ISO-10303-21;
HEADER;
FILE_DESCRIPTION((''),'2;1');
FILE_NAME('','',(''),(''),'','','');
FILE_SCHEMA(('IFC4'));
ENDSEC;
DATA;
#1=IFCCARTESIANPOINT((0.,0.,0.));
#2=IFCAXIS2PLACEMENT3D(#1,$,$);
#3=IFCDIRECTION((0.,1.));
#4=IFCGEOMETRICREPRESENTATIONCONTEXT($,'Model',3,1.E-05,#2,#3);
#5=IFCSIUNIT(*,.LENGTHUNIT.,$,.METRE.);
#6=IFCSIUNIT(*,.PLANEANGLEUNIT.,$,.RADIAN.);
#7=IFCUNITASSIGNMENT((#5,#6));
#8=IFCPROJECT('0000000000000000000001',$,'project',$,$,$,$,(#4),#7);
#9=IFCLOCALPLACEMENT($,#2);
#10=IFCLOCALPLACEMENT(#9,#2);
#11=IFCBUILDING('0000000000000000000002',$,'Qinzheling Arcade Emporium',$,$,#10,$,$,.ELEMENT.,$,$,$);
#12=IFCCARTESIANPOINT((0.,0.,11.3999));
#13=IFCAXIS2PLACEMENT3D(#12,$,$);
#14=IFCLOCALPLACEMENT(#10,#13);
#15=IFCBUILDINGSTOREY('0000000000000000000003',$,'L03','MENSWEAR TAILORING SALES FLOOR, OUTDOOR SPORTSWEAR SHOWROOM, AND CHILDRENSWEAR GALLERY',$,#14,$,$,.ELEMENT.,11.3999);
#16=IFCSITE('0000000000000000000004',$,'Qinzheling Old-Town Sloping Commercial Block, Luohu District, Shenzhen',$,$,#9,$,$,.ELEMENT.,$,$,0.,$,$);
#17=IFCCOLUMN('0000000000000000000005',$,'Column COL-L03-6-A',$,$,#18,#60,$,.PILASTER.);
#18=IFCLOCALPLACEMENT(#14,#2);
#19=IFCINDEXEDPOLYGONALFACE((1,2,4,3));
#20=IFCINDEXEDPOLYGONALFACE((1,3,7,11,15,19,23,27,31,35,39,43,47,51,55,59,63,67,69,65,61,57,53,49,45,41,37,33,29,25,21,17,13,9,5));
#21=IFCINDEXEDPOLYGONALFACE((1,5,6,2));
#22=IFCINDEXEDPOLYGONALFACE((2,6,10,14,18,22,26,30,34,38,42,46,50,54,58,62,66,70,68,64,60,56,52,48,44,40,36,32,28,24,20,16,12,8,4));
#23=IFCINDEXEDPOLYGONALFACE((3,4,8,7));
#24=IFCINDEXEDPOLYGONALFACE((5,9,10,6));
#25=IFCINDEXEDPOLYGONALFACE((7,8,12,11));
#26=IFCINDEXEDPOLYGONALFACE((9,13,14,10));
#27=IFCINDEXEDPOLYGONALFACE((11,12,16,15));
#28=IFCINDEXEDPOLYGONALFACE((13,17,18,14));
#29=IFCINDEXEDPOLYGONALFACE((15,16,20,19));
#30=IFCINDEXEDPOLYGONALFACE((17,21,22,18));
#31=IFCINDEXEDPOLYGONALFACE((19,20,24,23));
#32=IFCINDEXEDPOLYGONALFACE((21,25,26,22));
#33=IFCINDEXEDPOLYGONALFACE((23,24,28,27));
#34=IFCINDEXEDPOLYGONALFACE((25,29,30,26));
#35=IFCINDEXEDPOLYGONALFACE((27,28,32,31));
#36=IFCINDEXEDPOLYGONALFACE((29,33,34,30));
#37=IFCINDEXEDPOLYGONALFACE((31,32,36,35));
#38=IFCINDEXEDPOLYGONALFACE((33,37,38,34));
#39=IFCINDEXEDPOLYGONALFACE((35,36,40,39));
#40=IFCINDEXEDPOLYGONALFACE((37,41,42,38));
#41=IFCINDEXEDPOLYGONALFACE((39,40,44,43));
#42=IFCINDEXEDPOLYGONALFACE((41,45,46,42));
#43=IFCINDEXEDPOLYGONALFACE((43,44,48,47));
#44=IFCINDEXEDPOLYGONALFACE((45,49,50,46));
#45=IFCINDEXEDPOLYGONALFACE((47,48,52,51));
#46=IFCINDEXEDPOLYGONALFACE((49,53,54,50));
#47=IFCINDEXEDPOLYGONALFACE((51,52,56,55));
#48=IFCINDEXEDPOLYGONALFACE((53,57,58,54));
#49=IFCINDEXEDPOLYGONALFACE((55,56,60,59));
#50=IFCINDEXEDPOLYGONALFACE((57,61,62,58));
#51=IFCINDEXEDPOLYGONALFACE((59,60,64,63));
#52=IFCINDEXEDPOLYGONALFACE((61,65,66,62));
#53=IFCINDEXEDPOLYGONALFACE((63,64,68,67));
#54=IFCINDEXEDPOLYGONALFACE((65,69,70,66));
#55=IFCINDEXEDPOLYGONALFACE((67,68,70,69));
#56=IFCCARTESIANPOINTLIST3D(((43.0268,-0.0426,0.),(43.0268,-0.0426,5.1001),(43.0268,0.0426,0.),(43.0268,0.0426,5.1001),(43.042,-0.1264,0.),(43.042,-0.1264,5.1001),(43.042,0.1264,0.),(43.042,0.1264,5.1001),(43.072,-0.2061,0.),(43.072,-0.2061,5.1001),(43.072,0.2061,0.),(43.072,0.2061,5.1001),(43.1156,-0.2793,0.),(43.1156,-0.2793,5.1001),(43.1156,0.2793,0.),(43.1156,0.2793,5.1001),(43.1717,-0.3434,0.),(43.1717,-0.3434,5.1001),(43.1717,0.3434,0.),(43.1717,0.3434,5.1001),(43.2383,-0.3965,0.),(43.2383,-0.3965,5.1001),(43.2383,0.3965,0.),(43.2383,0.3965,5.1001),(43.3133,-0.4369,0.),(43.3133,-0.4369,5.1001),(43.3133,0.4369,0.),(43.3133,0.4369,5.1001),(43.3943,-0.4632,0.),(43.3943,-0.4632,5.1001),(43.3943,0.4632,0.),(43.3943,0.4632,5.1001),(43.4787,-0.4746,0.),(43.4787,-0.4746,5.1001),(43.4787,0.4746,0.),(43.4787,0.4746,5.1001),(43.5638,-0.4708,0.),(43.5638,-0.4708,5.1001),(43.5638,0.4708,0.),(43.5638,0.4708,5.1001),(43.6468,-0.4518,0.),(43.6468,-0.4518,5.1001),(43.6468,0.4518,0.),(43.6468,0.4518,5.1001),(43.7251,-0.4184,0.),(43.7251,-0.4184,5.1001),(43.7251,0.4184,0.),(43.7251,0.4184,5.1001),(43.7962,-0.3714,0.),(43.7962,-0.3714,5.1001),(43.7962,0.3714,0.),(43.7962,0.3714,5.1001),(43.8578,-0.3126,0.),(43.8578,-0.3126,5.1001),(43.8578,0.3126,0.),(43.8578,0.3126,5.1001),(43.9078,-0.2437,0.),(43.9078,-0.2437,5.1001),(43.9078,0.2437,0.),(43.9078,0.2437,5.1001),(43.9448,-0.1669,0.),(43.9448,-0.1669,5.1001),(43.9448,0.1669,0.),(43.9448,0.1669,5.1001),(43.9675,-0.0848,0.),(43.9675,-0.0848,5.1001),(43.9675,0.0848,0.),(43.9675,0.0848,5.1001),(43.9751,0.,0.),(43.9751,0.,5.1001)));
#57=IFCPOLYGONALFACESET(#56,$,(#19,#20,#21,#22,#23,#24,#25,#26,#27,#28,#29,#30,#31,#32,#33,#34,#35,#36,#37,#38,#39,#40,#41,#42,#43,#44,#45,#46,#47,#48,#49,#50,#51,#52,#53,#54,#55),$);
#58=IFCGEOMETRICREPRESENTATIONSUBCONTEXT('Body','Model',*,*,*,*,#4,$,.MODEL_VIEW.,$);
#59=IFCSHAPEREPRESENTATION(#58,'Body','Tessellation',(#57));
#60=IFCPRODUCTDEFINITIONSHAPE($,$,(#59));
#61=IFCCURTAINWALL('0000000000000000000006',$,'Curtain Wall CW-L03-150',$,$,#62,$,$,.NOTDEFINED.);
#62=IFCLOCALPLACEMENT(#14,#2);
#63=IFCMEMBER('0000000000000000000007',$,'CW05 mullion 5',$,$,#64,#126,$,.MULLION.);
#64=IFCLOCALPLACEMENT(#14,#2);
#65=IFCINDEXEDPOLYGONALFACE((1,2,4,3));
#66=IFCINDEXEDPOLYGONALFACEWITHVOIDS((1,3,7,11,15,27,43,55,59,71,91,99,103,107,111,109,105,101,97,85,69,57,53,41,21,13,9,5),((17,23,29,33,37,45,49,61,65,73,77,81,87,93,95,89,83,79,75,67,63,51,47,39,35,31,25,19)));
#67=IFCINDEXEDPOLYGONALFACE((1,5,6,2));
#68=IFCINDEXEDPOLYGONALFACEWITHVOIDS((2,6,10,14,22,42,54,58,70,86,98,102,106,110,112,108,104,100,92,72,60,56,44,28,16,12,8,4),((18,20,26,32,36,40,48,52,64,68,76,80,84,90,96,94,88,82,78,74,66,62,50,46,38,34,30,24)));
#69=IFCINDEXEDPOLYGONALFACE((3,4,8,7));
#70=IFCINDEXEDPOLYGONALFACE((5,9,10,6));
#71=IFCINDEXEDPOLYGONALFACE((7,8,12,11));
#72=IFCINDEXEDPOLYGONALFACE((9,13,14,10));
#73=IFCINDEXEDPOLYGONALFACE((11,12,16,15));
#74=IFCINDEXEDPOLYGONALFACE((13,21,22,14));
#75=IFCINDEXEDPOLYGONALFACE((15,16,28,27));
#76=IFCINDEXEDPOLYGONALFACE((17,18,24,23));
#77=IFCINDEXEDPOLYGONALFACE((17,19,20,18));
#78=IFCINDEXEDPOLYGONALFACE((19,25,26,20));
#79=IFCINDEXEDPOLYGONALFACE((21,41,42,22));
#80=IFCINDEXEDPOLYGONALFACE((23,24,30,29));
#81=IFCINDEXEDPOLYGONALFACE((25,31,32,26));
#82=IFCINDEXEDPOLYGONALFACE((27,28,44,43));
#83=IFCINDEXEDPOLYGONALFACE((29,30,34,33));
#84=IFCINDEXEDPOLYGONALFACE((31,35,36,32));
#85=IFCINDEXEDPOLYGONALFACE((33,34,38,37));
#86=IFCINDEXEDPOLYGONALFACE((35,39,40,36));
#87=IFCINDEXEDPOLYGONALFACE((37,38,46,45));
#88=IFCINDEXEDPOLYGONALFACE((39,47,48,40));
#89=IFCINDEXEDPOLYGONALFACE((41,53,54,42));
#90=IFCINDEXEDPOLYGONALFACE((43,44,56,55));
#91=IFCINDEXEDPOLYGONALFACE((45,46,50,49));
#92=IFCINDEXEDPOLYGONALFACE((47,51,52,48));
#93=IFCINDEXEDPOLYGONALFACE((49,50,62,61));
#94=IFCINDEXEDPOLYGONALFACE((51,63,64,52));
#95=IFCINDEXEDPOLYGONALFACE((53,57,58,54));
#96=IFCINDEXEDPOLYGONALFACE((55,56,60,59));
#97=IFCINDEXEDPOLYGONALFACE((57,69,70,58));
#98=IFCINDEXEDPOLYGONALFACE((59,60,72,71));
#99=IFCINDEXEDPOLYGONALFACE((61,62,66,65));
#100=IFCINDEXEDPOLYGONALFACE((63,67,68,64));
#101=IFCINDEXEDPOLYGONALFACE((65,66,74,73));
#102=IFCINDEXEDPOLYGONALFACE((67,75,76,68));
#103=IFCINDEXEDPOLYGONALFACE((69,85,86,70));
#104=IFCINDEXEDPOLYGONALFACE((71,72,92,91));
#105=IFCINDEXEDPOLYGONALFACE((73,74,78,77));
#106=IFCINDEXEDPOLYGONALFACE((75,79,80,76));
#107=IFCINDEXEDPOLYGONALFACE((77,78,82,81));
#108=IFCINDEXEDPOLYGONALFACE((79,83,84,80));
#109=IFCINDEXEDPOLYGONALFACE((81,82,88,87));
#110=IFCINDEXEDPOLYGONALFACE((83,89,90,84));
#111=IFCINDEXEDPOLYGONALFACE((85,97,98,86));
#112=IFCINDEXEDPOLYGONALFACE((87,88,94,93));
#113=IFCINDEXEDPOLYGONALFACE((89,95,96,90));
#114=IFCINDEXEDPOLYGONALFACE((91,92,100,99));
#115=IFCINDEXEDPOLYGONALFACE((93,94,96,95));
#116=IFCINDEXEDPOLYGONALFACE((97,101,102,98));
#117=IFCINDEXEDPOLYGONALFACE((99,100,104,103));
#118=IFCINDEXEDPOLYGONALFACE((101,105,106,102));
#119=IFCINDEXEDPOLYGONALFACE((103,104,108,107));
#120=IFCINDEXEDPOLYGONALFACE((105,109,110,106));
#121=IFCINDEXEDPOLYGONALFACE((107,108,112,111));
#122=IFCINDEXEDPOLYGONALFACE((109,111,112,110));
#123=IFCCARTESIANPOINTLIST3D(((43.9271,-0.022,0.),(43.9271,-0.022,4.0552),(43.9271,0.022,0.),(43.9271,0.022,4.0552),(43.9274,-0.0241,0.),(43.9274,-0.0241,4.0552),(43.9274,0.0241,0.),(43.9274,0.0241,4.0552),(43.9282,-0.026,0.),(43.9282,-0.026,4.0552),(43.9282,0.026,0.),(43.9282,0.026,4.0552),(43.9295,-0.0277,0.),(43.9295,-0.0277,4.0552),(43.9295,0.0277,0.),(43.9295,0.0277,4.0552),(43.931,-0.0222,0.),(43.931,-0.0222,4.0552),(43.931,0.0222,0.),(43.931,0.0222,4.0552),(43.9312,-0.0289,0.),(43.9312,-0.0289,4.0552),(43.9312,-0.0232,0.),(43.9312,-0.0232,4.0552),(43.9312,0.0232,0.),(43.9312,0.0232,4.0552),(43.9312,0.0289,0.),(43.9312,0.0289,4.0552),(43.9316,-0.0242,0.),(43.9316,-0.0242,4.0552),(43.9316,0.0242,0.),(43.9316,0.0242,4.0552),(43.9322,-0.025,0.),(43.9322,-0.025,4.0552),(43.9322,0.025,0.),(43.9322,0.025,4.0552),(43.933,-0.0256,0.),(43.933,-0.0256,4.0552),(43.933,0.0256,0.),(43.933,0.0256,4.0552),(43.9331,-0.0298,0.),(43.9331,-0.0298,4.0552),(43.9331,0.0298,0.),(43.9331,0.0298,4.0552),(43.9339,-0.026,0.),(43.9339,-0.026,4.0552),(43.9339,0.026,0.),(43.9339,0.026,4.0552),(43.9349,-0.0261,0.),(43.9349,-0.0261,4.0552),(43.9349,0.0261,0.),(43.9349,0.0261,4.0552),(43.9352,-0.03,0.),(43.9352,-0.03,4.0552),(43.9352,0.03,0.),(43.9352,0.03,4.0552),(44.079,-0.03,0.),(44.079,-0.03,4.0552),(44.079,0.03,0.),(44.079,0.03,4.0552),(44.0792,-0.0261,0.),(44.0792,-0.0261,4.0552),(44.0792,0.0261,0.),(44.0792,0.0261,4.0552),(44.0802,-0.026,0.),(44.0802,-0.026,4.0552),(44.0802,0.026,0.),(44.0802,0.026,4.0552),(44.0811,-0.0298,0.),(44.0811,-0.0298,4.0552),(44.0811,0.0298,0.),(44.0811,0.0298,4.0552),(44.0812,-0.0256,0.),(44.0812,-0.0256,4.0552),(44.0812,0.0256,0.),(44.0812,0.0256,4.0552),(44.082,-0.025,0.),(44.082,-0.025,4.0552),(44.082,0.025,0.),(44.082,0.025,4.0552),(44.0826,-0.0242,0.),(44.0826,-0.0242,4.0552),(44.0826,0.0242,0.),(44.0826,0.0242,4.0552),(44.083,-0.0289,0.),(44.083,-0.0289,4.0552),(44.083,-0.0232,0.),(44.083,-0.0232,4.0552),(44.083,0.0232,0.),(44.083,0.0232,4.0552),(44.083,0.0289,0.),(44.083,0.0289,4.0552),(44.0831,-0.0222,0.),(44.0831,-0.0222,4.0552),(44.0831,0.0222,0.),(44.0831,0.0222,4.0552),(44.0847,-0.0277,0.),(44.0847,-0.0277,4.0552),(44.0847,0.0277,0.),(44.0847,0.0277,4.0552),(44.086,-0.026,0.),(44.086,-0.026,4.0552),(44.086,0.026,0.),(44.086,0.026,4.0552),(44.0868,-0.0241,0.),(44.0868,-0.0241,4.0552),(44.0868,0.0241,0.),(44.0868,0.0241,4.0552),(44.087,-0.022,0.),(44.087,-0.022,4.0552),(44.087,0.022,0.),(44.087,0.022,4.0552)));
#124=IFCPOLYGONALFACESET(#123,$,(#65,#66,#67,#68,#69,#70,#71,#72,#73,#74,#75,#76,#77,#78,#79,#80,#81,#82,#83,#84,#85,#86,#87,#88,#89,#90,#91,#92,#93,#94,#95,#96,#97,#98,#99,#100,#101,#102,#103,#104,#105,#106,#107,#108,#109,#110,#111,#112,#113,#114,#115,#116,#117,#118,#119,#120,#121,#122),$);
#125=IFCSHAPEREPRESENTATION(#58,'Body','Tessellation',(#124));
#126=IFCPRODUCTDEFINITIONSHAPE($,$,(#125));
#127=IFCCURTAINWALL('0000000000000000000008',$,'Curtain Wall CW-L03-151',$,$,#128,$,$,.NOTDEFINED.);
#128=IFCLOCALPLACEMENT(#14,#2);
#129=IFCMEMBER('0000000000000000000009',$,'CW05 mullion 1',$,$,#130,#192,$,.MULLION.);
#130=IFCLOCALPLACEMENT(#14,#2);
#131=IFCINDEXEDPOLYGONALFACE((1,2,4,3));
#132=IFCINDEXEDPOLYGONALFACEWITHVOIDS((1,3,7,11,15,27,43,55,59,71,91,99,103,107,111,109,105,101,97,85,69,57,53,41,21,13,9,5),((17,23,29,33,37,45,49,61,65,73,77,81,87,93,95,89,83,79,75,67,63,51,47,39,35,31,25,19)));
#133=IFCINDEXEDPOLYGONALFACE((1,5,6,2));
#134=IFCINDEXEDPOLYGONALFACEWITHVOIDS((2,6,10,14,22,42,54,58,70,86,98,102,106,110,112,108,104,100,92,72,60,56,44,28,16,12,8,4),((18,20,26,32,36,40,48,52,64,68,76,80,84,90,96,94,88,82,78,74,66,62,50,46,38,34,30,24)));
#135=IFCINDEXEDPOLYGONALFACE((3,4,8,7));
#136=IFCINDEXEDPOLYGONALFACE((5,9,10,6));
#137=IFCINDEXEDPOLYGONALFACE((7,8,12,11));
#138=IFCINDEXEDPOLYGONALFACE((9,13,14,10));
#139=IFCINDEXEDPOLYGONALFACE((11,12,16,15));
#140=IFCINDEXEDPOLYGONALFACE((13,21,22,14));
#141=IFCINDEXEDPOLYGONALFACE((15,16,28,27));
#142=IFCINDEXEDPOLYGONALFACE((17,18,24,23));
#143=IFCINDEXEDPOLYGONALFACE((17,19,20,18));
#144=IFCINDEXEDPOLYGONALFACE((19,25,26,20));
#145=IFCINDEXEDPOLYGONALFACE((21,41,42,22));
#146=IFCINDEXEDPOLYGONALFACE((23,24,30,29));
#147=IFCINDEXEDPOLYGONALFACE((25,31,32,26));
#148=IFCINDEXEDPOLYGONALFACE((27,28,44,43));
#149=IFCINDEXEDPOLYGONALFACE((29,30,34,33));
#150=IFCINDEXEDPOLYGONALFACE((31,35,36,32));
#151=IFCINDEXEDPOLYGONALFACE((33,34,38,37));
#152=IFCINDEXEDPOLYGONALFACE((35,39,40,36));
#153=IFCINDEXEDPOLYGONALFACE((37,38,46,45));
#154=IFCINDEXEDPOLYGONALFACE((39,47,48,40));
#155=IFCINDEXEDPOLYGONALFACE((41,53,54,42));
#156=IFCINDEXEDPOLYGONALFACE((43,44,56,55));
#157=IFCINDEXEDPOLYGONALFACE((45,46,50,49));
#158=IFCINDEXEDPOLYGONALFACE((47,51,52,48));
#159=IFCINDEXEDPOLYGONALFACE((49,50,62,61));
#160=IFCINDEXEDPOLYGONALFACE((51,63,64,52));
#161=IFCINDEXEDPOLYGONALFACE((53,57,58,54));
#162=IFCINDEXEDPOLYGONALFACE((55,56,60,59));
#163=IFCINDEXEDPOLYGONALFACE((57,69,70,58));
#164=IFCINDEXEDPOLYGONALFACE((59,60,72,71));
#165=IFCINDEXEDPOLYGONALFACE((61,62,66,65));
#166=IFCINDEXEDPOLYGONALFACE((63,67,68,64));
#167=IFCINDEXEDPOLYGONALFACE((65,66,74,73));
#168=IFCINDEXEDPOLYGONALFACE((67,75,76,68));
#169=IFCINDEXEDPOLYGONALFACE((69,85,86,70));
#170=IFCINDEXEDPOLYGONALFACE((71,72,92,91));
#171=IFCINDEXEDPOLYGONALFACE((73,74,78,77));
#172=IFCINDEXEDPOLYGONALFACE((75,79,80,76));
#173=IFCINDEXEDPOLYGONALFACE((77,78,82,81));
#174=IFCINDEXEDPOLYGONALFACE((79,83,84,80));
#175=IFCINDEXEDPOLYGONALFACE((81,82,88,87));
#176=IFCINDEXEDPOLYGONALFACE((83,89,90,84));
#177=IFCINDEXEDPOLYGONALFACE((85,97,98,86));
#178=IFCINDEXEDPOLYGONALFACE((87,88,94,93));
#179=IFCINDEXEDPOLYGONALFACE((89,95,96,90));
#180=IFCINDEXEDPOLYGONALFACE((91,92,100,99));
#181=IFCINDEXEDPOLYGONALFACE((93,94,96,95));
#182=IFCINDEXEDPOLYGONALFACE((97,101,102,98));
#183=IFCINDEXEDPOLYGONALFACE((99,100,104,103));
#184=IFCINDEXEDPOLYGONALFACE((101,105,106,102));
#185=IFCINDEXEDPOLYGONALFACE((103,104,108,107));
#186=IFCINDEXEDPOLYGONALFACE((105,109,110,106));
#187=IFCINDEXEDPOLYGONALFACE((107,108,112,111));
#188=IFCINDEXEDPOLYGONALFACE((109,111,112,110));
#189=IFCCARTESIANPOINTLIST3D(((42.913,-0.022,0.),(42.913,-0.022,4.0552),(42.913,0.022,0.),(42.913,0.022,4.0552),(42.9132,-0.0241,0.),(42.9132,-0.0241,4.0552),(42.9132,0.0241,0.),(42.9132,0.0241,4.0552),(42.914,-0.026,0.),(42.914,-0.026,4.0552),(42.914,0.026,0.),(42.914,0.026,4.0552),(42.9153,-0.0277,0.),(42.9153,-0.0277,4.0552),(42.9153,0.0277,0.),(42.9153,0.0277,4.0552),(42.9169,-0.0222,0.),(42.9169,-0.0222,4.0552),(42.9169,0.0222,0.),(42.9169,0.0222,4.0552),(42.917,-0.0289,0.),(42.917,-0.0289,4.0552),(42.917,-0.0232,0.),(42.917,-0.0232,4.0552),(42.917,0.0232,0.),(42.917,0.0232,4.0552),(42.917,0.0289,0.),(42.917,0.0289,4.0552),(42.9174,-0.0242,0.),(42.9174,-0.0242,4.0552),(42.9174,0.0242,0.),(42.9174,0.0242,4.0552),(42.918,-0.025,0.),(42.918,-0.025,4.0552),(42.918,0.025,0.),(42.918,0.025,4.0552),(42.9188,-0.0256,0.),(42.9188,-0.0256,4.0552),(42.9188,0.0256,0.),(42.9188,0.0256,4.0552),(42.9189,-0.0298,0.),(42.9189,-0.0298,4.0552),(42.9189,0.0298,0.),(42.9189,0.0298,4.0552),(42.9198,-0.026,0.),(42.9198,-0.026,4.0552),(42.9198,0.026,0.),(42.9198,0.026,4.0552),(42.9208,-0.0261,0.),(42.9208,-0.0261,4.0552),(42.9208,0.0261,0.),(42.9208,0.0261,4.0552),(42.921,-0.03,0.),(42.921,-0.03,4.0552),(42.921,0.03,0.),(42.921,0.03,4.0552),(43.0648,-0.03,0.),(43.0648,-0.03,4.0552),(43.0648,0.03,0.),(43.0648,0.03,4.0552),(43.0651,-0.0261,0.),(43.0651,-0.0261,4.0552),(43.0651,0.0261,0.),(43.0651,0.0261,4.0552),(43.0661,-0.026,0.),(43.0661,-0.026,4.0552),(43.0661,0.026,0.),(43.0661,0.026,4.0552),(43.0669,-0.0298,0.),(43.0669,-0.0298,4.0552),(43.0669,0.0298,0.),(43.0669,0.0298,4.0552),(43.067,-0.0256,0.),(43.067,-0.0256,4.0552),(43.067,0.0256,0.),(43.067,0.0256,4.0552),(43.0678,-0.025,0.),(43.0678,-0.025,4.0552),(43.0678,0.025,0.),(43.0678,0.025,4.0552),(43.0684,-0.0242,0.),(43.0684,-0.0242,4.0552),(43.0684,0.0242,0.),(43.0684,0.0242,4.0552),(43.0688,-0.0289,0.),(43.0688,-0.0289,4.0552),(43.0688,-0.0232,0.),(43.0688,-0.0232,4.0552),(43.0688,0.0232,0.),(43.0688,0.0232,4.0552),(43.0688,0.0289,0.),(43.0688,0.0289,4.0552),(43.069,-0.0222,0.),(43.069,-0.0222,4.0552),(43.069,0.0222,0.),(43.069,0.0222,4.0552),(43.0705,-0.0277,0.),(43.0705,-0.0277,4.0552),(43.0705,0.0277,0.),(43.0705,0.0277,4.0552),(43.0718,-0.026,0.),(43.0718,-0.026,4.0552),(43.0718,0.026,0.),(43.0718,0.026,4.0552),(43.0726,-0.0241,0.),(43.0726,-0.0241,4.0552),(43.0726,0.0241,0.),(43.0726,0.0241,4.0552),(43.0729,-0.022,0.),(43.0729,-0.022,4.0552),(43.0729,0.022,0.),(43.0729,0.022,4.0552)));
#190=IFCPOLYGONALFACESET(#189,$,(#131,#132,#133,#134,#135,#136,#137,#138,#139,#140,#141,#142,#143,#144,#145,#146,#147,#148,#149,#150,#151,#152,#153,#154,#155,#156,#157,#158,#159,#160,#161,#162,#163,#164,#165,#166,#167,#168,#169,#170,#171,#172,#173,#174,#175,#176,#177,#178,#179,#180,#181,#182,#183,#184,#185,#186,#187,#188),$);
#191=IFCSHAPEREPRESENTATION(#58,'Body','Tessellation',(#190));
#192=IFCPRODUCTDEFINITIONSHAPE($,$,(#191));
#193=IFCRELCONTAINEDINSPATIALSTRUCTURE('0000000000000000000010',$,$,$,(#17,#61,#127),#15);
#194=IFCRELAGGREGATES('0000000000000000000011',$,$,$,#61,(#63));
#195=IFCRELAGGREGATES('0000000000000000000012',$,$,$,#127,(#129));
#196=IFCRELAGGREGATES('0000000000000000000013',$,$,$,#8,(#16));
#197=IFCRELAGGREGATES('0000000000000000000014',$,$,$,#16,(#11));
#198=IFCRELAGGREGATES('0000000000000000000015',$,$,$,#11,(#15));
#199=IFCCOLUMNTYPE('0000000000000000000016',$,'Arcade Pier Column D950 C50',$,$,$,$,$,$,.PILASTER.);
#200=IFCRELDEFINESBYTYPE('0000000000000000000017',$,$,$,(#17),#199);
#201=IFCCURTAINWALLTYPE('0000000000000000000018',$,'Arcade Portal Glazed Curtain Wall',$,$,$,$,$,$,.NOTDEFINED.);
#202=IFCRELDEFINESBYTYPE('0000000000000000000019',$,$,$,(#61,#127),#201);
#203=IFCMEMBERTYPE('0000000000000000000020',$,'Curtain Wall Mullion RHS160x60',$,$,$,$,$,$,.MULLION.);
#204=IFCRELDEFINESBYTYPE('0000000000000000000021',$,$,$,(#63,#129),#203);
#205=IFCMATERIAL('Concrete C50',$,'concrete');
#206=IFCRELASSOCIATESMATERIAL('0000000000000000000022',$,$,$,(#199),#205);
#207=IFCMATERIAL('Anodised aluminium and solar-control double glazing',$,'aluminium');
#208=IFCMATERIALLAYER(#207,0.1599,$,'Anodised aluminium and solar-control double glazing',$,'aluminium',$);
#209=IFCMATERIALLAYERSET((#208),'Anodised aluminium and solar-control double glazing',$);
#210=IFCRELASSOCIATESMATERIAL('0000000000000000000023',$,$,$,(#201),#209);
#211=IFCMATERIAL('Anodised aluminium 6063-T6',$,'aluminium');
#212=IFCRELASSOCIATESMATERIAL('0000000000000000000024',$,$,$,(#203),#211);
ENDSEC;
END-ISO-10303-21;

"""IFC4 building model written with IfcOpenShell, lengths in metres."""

from ifc_helpers import new_model, si_unit, direction, frame, origin, origin_2d, place, context, subcontext, project, spatial, hollow_rectangle, circle, extrude, material, layer, layer_set, material_profile, profile_set, type_object, element, aggregate, save


model = new_model("IFC4")

# Units and contexts
model_context = context("Model", 3, precision=1e-05, world=origin(), true_north=direction((0.0, 1.0)))
body_context = subcontext(model_context, "Body", "Model", "MODEL_VIEW")
ifc_project = project(units=[si_unit("LENGTHUNIT", "METRE"), si_unit("PLANEANGLEUNIT", "RADIAN")], contexts=[model_context])

# Site, building, storey
site_placement = place(None, origin())
site = spatial("IfcSite", under=ifc_project, at=site_placement, Name="Qinzheling Old-Town Sloping Commercial Block, Luohu District, Shenzhen", CompositionType="ELEMENT", RefElevation=0.0)
building_placement = place(site_placement, origin())
building = spatial("IfcBuilding", under=site, at=building_placement, Name="Qinzheling Arcade Emporium", CompositionType="ELEMENT")
storey_placement = place(building_placement, frame((0.0, 0.0, 11.3999)))
storey = spatial("IfcBuildingStorey", under=building, at=storey_placement, Name="L03", Description="MENSWEAR TAILORING SALES FLOOR, OUTDOOR SPORTSWEAR SHOWROOM, AND CHILDRENSWEAR GALLERY", CompositionType="ELEMENT", Elevation=11.3999)

# Column
ifc_material_1 = material(Name="Concrete C50", Category="concrete")
ifc_material_profile_1 = material_profile(ifc_material_1, circle(Radius=0.4751, at=origin_2d()), Name="RC D950", Category="concrete")
ifc_profile_set_1 = profile_set([ifc_material_profile_1], Name="Concrete C50")
column_type = type_object("IfcColumnType", Name="Arcade Pier Column D950 C50", PredefinedType="PILASTER", material=ifc_profile_set_1)
column_placement = place(storey_placement, frame((43.5, 0.0, 0.0), z_axis=(0.0, 0.0, 1.0), x_axis=(1.0, 0.0, 0.0)))
element("IfcColumn", 1, at=column_placement, inside=storey, type_object=column_type, Name="Column COL-L03-6-A", PredefinedType="PILASTER", context=body_context, shape_type="SweptSolid", body=[
    extrude(circle(Radius=0.4751, at=origin_2d()), origin(), (0.0, 0.0, 1.0), 5.1001),
])

# Curtain wall, member
ifc_material_2 = material(Name="Anodised aluminium and solar-control double glazing", Category="aluminium")
ifc_layer_1 = layer(ifc_material_2, 0.1599, Name="Anodised aluminium and solar-control double glazing", Category="aluminium")
ifc_layer_set_1 = layer_set([ifc_layer_1], Name="Anodised aluminium and solar-control double glazing")
curtain_wall_type = type_object("IfcCurtainWallType", Name="Arcade Portal Glazed Curtain Wall", PredefinedType="NOTDEFINED", material=ifc_layer_set_1)
curtain_wall_1_placement = place(storey_placement, origin())
curtain_wall_1 = element("IfcCurtainWall", 2, at=curtain_wall_1_placement, inside=storey, type_object=curtain_wall_type, Name="Curtain Wall CW-L03-150", PredefinedType="NOTDEFINED")
ifc_material_3 = material(Name="Anodised aluminium 6063-T6", Category="aluminium")
ifc_material_profile_2 = material_profile(ifc_material_3, hollow_rectangle(XDim=0.0601, YDim=0.1599, WallThickness=0.0039, InnerFilletRadius=0.0039, OuterFilletRadius=0.0081, at=origin_2d()), Name="RHS 160x60x4", Category="aluminium")
ifc_profile_set_2 = profile_set([ifc_material_profile_2], Name="Anodised aluminium 6063-T6")
member_type_1 = type_object("IfcMemberType", Name="Curtain Wall Mullion RHS160x60", PredefinedType="MULLION", material=ifc_profile_set_2)
member_1_placement = place(storey_placement, frame((44.0071, 0.0, 0.0), z_axis=(0.0, 0.0, 1.0), x_axis=(0.0, -1.0, 0.0)))
member_1 = element("IfcMember", 3, at=member_1_placement, type_object=member_type_1, Name="CW05 mullion 5", PredefinedType="MULLION", context=body_context, shape_type="SweptSolid", body=[
    extrude(hollow_rectangle(XDim=0.0601, YDim=0.1599, WallThickness=0.0039, InnerFilletRadius=0.0039, OuterFilletRadius=0.0081, at=origin_2d()), origin(), (0.0, 0.0, 1.0), 4.0552),
])

# Curtain wall, member
curtain_wall_2_placement = place(storey_placement, origin())
curtain_wall_2 = element("IfcCurtainWall", 4, at=curtain_wall_2_placement, inside=storey, type_object=curtain_wall_type, Name="Curtain Wall CW-L03-151", PredefinedType="NOTDEFINED")
member_2_placement = place(storey_placement, frame((42.9929, 0.0, 0.0), z_axis=(0.0, 0.0, 1.0), x_axis=(0.0, -1.0, 0.0)))
member_2 = element("IfcMember", 5, at=member_2_placement, type_object=member_type_1, Name="CW05 mullion 1", PredefinedType="MULLION", context=body_context, shape_type="SweptSolid", body=[
    extrude(hollow_rectangle(XDim=0.0601, YDim=0.1599, WallThickness=0.0039, InnerFilletRadius=0.0039, OuterFilletRadius=0.0081, at=origin_2d()), origin(), (0.0, 0.0, 1.0), 4.0552),
])

aggregate(curtain_wall_1, [member_1])
aggregate(curtain_wall_2, [member_2])

save(model, "model.ifc")
